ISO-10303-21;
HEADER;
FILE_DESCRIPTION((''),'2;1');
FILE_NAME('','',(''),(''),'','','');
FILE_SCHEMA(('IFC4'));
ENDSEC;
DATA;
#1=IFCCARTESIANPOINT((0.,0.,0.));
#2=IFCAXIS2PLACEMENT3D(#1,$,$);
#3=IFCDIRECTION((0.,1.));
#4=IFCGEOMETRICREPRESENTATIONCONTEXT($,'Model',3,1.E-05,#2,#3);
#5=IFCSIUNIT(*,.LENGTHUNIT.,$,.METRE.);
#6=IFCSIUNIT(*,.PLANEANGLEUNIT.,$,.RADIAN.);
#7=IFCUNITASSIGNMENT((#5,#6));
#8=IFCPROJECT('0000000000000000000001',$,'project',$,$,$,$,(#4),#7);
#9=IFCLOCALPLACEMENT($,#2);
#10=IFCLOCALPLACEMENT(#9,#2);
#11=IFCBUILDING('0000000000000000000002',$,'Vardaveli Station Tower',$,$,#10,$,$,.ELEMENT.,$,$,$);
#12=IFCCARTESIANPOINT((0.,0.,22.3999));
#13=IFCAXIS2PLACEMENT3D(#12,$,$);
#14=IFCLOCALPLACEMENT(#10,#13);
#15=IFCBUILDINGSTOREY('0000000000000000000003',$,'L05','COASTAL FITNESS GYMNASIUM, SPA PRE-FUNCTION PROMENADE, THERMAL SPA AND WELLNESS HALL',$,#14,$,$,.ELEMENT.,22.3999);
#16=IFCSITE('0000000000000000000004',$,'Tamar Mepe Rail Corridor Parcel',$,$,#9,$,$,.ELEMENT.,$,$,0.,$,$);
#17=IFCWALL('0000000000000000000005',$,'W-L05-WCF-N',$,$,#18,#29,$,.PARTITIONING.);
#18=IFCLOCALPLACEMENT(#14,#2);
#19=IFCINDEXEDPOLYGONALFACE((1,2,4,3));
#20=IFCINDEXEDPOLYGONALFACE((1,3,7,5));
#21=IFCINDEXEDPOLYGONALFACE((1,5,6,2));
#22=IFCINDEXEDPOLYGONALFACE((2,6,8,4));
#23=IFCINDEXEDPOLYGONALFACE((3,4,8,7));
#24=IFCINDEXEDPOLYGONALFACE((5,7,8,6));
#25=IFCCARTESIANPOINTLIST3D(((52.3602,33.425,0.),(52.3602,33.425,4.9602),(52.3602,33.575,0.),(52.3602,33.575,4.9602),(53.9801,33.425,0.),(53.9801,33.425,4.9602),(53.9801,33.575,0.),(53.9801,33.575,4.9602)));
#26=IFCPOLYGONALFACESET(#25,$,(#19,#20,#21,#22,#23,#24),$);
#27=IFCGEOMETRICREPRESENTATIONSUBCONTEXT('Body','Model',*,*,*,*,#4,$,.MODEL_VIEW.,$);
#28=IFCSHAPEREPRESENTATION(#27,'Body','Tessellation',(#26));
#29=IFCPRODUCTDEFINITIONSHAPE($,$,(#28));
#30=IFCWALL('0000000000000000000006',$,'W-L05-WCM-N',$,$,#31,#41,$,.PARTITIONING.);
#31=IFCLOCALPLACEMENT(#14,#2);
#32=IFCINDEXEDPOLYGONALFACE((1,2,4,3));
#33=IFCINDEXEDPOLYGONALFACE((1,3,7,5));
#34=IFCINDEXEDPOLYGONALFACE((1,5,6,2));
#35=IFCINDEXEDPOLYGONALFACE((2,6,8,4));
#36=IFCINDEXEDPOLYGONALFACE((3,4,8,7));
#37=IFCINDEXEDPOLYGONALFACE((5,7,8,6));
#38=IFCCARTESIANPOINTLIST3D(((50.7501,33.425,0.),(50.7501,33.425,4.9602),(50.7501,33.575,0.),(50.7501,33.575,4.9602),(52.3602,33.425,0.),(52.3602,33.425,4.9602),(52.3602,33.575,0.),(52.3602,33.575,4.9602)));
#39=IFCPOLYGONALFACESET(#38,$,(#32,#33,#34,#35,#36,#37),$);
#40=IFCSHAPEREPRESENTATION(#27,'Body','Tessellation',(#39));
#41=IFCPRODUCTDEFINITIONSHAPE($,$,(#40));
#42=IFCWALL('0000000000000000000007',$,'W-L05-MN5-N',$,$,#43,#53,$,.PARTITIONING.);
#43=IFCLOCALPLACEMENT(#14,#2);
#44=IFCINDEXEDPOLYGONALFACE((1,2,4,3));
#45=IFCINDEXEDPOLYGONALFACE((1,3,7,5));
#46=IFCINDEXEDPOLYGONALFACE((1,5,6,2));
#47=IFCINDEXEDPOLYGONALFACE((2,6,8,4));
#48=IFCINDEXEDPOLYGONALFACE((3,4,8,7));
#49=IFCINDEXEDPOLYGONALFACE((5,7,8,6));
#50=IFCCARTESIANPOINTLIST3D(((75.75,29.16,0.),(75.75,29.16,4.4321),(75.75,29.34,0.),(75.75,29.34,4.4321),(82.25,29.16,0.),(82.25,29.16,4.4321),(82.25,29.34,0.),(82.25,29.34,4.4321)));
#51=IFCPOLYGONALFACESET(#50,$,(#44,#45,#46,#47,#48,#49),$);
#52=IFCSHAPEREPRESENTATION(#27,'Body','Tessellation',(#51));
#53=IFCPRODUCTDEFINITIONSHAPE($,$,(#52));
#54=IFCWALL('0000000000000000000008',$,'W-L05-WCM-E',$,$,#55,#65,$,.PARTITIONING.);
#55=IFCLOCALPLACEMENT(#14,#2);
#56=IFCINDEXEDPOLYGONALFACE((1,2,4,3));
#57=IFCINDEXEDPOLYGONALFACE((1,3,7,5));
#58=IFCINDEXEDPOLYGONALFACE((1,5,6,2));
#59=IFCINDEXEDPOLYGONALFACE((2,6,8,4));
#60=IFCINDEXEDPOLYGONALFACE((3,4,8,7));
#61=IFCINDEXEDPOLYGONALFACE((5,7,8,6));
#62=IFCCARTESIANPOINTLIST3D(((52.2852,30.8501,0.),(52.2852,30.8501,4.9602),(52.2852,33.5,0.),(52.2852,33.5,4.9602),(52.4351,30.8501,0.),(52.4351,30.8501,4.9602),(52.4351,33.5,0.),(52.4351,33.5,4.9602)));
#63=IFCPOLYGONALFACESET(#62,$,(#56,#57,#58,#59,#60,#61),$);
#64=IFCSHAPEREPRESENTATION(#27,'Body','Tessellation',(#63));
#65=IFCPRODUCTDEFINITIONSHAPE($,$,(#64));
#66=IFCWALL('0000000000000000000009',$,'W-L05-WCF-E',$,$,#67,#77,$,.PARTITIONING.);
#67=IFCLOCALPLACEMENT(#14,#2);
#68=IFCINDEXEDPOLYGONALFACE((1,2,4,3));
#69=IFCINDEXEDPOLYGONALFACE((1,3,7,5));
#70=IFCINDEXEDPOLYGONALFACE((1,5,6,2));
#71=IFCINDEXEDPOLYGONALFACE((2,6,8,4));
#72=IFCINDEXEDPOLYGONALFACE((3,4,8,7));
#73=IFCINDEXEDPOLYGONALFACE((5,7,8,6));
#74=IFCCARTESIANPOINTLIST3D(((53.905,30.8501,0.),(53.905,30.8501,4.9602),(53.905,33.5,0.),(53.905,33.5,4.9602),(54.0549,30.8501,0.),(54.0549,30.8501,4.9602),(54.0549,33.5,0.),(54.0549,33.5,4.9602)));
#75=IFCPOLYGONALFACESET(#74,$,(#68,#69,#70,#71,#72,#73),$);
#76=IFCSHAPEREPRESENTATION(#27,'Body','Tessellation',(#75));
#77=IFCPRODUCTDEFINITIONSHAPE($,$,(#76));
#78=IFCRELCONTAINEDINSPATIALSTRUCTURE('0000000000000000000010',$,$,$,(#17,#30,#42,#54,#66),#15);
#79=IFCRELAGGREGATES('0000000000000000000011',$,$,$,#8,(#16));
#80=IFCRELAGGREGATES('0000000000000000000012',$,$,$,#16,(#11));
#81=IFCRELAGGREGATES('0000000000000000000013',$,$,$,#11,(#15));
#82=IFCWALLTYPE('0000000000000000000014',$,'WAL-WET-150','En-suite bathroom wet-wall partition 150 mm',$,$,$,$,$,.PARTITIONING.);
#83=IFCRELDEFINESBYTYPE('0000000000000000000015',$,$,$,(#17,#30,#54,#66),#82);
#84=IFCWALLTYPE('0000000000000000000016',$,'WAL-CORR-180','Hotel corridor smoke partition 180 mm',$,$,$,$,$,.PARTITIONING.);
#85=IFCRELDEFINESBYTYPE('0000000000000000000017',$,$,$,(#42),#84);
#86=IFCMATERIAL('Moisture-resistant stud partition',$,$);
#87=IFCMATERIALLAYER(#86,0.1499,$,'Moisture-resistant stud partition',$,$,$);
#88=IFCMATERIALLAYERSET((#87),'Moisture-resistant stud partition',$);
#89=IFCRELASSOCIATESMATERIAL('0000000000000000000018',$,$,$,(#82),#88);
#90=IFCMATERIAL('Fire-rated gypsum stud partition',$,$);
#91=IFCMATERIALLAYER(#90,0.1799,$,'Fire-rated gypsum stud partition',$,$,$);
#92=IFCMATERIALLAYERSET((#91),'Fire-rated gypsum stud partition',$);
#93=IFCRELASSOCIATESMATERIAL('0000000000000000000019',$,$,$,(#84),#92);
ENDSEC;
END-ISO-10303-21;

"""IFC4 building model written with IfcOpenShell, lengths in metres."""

from ifc_helpers import new_model, si_unit, direction, frame, frame_2d, origin, place, context, subcontext, project, spatial, rectangle, extrude, source, transform, mapped, material, layer, layer_set, type_object, element, save


model = new_model("IFC4")

# Units and contexts
model_context = context("Model", 3, precision=1e-05, world=origin(), true_north=direction((0.0, 1.0)))
body_context = subcontext(model_context, "Body", "Model", "MODEL_VIEW")
ifc_project = project(units=[si_unit("LENGTHUNIT", "METRE"), si_unit("PLANEANGLEUNIT", "RADIAN")], contexts=[model_context])

# Site, building, storey
site_placement = place(None, origin())
site = spatial("IfcSite", under=ifc_project, at=site_placement, Name="Tamar Mepe Rail Corridor Parcel", CompositionType="ELEMENT", RefElevation=0.0)
building_placement = place(site_placement, origin())
building = spatial("IfcBuilding", under=site, at=building_placement, Name="Vardaveli Station Tower", CompositionType="ELEMENT")
storey_placement = place(building_placement, frame((0.0, 0.0, 22.3999)))
storey = spatial("IfcBuildingStorey", under=building, at=storey_placement, Name="L05", Description="COASTAL FITNESS GYMNASIUM, SPA PRE-FUNCTION PROMENADE, THERMAL SPA AND WELLNESS HALL", CompositionType="ELEMENT", Elevation=22.3999)

# Shared definitions
ifc_material_1 = material(Name="Moisture-resistant stud partition")
ifc_layer_1 = layer(ifc_material_1, 0.1499, Name="Moisture-resistant stud partition")
ifc_layer_set_1 = layer_set([ifc_layer_1], Name="Moisture-resistant stud partition")
wall_type_1 = type_object("IfcWallType", Name="WAL-WET-150", Description="En-suite bathroom wet-wall partition 150 mm", PredefinedType="PARTITIONING", material=ifc_layer_set_1)
shared_shape_1 = source(origin(), body_context, "Body", "SweptSolid", [
    extrude(rectangle(XDim=1.6199, YDim=0.1499, at=frame_2d((0.8101, 0.0))), origin(), (0.0, 0.0, 1.0), 4.9602),
])

# Walls
wall_1_placement = place(storey_placement, frame((52.3601, 33.5, 0.0), z_axis=(0.0, 0.0, 1.0), x_axis=(1.0, 0.0, 0.0)))
element("IfcWall", 1, at=wall_1_placement, inside=storey, type_object=wall_type_1, Name="W-L05-WCF-N", PredefinedType="PARTITIONING", context=body_context, shape_type="MappedRepresentation", body=[
    mapped(shared_shape_1, transform((0.0, 0.0, 0.0), scale=1.0)),
])
shared_shape_2 = source(origin(), body_context, "Body", "SweptSolid", [
    extrude(rectangle(XDim=1.6101, YDim=0.1499, at=frame_2d((0.8052, 0.0))), origin(), (0.0, 0.0, 1.0), 4.9602),
])
wall_2_placement = place(storey_placement, frame((50.75, 33.5, 0.0), z_axis=(0.0, 0.0, 1.0), x_axis=(1.0, 0.0, 0.0)))
element("IfcWall", 2, at=wall_2_placement, inside=storey, type_object=wall_type_1, Name="W-L05-WCM-N", PredefinedType="PARTITIONING", context=body_context, shape_type="MappedRepresentation", body=[
    mapped(shared_shape_2, transform((0.0, 0.0, 0.0), scale=1.0)),
])
ifc_material_2 = material(Name="Fire-rated gypsum stud partition")
ifc_layer_2 = layer(ifc_material_2, 0.1799, Name="Fire-rated gypsum stud partition")
ifc_layer_set_2 = layer_set([ifc_layer_2], Name="Fire-rated gypsum stud partition")
wall_type_2 = type_object("IfcWallType", Name="WAL-CORR-180", Description="Hotel corridor smoke partition 180 mm", PredefinedType="PARTITIONING", material=ifc_layer_set_2)
shared_shape_3 = source(origin(), body_context, "Body", "SweptSolid", [
    extrude(rectangle(XDim=6.5, YDim=0.1799, at=frame_2d((3.25, 0.0))), origin(), (0.0, 0.0, 1.0), 4.4321),
])
wall_3_placement = place(storey_placement, frame((75.75, 29.25, 0.0), z_axis=(0.0, 0.0, 1.0), x_axis=(1.0, 0.0, 0.0)))
element("IfcWall", 3, at=wall_3_placement, inside=storey, type_object=wall_type_2, Name="W-L05-MN5-N", PredefinedType="PARTITIONING", context=body_context, shape_type="MappedRepresentation", body=[
    mapped(shared_shape_3, transform((0.0, 0.0, 0.0), scale=1.0)),
])
shared_shape_4 = source(origin(), body_context, "Body", "SweptSolid", [
    extrude(rectangle(XDim=2.6499, YDim=0.1499, at=frame_2d((1.325, 0.0))), origin(), (0.0, 0.0, 1.0), 4.9602),
])
for number, where, z_axis, x_axis, name in (
    (4, (52.3601, 30.8501, 0.0), (0.0, 0.0, 1.0), (0.0, 1.0, 0.0), "W-L05-WCM-E"),
    (5, (53.98, 30.8501, 0.0), (0.0, 0.0, 1.0), (0.0, 1.0, 0.0), "W-L05-WCF-E"),
):
    element("IfcWall", number, at=place(storey_placement, frame(where, z_axis=z_axis, x_axis=x_axis)), inside=storey, type_object=wall_type_1, Name=name, PredefinedType="PARTITIONING", context=body_context, shape_type="MappedRepresentation", body=[
        mapped(shared_shape_4, transform((0.0, 0.0, 0.0), scale=1.0)),
    ])

save(model, "model.ifc")
